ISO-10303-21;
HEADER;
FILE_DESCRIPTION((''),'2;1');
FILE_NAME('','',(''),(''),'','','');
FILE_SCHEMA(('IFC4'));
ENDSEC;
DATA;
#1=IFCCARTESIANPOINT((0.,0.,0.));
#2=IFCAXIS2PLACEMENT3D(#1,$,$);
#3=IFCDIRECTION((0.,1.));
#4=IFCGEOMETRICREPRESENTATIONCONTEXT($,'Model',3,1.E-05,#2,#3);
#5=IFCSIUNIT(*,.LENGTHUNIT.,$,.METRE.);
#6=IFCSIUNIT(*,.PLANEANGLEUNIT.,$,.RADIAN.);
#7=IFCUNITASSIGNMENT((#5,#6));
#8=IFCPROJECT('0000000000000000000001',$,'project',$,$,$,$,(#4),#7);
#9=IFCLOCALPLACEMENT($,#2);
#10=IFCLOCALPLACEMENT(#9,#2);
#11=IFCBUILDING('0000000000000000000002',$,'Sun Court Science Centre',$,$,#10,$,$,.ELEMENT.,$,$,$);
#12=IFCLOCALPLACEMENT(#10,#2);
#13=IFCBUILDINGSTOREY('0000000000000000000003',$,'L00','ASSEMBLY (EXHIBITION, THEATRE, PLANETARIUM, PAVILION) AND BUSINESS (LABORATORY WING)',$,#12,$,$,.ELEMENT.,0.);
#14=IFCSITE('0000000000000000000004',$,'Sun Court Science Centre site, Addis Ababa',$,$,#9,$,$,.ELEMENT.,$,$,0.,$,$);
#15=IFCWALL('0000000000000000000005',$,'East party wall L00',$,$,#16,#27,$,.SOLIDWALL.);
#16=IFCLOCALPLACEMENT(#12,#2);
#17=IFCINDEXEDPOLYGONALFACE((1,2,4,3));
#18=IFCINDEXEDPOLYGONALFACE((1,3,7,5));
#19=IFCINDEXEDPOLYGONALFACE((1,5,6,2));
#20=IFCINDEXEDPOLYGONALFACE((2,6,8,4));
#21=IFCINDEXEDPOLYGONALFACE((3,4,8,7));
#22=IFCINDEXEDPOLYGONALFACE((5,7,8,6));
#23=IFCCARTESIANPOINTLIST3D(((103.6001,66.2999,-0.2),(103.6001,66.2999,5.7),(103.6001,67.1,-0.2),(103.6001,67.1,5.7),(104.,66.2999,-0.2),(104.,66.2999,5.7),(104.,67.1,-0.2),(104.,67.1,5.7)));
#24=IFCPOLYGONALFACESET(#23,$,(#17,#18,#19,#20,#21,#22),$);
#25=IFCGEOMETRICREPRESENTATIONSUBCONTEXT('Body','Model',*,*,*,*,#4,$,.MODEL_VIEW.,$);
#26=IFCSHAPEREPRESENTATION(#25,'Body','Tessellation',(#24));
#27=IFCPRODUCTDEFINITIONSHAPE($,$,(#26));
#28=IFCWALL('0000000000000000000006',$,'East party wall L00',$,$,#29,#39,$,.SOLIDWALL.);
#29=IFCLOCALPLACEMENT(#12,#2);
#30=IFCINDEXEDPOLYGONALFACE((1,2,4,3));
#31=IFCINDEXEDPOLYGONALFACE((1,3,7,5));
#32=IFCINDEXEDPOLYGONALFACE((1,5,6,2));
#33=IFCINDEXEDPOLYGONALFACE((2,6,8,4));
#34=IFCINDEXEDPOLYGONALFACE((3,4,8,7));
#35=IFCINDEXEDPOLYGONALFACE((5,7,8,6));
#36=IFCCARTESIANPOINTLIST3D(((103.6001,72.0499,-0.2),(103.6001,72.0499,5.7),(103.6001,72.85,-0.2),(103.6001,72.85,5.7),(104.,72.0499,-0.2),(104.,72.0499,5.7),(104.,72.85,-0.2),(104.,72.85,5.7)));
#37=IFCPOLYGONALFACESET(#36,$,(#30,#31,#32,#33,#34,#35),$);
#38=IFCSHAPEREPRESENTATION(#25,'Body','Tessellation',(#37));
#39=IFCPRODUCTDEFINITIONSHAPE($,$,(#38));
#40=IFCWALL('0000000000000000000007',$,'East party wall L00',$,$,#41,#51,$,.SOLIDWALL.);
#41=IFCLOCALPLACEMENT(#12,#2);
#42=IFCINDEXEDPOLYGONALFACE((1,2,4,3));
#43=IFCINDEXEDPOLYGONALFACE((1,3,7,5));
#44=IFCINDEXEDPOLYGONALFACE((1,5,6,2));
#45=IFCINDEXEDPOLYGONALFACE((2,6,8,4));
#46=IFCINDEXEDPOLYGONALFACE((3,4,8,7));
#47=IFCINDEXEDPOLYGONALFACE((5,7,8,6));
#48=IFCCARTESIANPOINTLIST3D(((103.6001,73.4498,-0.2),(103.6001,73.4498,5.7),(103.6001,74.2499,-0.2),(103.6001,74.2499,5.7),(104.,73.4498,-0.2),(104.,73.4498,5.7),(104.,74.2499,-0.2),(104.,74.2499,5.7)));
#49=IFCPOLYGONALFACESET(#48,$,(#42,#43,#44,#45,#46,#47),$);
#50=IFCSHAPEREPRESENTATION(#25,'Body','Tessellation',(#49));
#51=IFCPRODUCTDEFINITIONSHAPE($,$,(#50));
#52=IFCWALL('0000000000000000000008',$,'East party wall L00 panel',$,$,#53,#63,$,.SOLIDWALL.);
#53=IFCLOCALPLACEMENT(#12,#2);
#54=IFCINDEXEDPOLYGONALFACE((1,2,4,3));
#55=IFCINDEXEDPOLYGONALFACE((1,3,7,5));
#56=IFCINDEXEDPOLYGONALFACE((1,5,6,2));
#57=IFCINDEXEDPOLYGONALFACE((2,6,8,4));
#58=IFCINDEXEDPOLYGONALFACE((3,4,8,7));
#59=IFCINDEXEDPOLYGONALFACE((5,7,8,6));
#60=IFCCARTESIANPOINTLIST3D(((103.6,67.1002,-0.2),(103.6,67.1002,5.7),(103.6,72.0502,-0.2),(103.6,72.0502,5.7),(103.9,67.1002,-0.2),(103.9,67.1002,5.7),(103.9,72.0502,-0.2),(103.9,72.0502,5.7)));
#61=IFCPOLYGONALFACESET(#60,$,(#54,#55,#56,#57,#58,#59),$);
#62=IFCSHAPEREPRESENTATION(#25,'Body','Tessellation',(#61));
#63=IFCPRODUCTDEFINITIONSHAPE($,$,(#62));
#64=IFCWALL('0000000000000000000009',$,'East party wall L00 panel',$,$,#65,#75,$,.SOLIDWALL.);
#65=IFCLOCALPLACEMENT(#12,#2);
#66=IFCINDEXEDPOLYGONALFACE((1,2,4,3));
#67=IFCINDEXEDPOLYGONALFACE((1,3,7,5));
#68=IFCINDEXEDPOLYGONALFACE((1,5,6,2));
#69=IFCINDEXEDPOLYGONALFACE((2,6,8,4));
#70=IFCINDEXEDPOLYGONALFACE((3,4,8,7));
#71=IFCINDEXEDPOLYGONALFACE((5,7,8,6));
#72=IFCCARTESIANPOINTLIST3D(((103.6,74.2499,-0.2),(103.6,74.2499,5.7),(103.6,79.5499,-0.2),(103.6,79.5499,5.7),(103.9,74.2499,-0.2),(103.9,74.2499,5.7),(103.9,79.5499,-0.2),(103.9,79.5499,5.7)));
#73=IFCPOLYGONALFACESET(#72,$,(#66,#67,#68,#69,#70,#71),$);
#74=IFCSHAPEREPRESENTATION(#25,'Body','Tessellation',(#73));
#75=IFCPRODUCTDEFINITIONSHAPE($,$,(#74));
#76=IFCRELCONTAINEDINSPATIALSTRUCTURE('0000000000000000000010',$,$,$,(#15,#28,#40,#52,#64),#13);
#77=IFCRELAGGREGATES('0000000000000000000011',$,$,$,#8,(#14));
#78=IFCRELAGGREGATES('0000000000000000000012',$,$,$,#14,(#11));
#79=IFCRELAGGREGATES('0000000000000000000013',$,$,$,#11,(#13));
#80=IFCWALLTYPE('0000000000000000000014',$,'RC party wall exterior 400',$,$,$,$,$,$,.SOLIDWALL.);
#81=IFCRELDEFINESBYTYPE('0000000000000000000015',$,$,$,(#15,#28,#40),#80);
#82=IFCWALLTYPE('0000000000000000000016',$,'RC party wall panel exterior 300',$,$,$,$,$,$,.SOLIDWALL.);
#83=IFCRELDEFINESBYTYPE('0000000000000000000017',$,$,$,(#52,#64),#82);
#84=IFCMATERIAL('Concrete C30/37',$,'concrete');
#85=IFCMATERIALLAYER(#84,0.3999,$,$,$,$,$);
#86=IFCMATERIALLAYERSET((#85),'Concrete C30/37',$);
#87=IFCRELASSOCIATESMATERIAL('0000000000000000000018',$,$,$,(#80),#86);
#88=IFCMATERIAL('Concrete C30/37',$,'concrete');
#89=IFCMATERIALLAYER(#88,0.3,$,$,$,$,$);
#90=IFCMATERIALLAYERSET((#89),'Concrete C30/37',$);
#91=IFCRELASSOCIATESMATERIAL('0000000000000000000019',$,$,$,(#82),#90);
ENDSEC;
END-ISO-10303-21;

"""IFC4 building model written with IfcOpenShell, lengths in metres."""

from ifc_helpers import new_model, si_unit, direction, frame, frame_2d, origin, place, context, subcontext, project, spatial, rectangle, extrude, material, layer, layer_set, type_object, element, save


model = new_model("IFC4")

# Units and contexts
model_context = context("Model", 3, precision=1e-05, world=origin(), true_north=direction((0.0, 1.0)))
body_context = subcontext(model_context, "Body", "Model", "MODEL_VIEW")
ifc_project = project(units=[si_unit("LENGTHUNIT", "METRE"), si_unit("PLANEANGLEUNIT", "RADIAN")], contexts=[model_context])

# Site, building, storey
site_placement = place(None, origin())
site = spatial("IfcSite", under=ifc_project, at=site_placement, Name="Sun Court Science Centre site, Addis Ababa", CompositionType="ELEMENT", RefElevation=0.0)
building_placement = place(site_placement, origin())
building = spatial("IfcBuilding", under=site, at=building_placement, Name="Sun Court Science Centre", CompositionType="ELEMENT")
storey_placement = place(building_placement, origin())
storey = spatial("IfcBuildingStorey", under=building, at=storey_placement, Name="L00", Description="ASSEMBLY (EXHIBITION, THEATRE, PLANETARIUM, PAVILION) AND BUSINESS (LABORATORY WING)", CompositionType="ELEMENT", Elevation=0.0)

# Walls
ifc_material_1 = material(Name="Concrete C30/37", Category="concrete")
ifc_layer_1 = layer(ifc_material_1, 0.3999)
ifc_layer_set_1 = layer_set([ifc_layer_1], Name="Concrete C30/37")
wall_type_1 = type_object("IfcWallType", Name="RC party wall exterior 400", PredefinedType="SOLIDWALL", material=ifc_layer_set_1)
for number, where, z_axis, x_axis, name in (
    (1, (103.8, 66.3, -0.2), (0.0, 0.0, 1.0), (0.0, 1.0, 0.0), "East party wall L00"),
    (2, (103.8, 72.05, -0.2), (0.0, 0.0, 1.0), (0.0, 1.0, 0.0), "East party wall L00"),
    (3, (103.8, 73.45, -0.2), (0.0, 0.0, 1.0), (0.0, 1.0, 0.0), "East party wall L00"),
):
    element("IfcWall", number, at=place(storey_placement, frame(where, z_axis=z_axis, x_axis=x_axis)), inside=storey, type_object=wall_type_1, Name=name, PredefinedType="SOLIDWALL", context=body_context, shape_type="SweptSolid", body=[
        extrude(rectangle(XDim=0.8, YDim=0.3999, at=frame_2d((0.3999, 0.0))), origin(), (0.0, 0.0, 1.0), 5.8999),
    ])
ifc_material_2 = material(Name="Concrete C30/37", Category="concrete")
ifc_layer_2 = layer(ifc_material_2, 0.3)
ifc_layer_set_2 = layer_set([ifc_layer_2], Name="Concrete C30/37")
wall_type_2 = type_object("IfcWallType", Name="RC party wall panel exterior 300", PredefinedType="SOLIDWALL", material=ifc_layer_set_2)
wall_1_placement = place(storey_placement, frame((103.75, 67.1001, -0.2), z_axis=(0.0, 0.0, 1.0), x_axis=(0.0, 1.0, 0.0)))
element("IfcWall", 4, at=wall_1_placement, inside=storey, type_object=wall_type_2, Name="East party wall L00 panel", PredefinedType="SOLIDWALL", context=body_context, shape_type="SweptSolid", body=[
    extrude(rectangle(XDim=4.95, YDim=0.3, at=frame_2d((2.4751, 0.0))), origin(), (0.0, 0.0, 1.0), 5.8999),
])
wall_2_placement = place(storey_placement, frame((103.75, 74.25, -0.2), z_axis=(0.0, 0.0, 1.0), x_axis=(0.0, 1.0, 0.0)))
element("IfcWall", 5, at=wall_2_placement, inside=storey, type_object=wall_type_2, Name="East party wall L00 panel", PredefinedType="SOLIDWALL", context=body_context, shape_type="SweptSolid", body=[
    extrude(rectangle(XDim=5.3, YDim=0.3, at=frame_2d((2.6499, 0.0))), origin(), (0.0, 0.0, 1.0), 5.8999),
])

save(model, "model.ifc")
